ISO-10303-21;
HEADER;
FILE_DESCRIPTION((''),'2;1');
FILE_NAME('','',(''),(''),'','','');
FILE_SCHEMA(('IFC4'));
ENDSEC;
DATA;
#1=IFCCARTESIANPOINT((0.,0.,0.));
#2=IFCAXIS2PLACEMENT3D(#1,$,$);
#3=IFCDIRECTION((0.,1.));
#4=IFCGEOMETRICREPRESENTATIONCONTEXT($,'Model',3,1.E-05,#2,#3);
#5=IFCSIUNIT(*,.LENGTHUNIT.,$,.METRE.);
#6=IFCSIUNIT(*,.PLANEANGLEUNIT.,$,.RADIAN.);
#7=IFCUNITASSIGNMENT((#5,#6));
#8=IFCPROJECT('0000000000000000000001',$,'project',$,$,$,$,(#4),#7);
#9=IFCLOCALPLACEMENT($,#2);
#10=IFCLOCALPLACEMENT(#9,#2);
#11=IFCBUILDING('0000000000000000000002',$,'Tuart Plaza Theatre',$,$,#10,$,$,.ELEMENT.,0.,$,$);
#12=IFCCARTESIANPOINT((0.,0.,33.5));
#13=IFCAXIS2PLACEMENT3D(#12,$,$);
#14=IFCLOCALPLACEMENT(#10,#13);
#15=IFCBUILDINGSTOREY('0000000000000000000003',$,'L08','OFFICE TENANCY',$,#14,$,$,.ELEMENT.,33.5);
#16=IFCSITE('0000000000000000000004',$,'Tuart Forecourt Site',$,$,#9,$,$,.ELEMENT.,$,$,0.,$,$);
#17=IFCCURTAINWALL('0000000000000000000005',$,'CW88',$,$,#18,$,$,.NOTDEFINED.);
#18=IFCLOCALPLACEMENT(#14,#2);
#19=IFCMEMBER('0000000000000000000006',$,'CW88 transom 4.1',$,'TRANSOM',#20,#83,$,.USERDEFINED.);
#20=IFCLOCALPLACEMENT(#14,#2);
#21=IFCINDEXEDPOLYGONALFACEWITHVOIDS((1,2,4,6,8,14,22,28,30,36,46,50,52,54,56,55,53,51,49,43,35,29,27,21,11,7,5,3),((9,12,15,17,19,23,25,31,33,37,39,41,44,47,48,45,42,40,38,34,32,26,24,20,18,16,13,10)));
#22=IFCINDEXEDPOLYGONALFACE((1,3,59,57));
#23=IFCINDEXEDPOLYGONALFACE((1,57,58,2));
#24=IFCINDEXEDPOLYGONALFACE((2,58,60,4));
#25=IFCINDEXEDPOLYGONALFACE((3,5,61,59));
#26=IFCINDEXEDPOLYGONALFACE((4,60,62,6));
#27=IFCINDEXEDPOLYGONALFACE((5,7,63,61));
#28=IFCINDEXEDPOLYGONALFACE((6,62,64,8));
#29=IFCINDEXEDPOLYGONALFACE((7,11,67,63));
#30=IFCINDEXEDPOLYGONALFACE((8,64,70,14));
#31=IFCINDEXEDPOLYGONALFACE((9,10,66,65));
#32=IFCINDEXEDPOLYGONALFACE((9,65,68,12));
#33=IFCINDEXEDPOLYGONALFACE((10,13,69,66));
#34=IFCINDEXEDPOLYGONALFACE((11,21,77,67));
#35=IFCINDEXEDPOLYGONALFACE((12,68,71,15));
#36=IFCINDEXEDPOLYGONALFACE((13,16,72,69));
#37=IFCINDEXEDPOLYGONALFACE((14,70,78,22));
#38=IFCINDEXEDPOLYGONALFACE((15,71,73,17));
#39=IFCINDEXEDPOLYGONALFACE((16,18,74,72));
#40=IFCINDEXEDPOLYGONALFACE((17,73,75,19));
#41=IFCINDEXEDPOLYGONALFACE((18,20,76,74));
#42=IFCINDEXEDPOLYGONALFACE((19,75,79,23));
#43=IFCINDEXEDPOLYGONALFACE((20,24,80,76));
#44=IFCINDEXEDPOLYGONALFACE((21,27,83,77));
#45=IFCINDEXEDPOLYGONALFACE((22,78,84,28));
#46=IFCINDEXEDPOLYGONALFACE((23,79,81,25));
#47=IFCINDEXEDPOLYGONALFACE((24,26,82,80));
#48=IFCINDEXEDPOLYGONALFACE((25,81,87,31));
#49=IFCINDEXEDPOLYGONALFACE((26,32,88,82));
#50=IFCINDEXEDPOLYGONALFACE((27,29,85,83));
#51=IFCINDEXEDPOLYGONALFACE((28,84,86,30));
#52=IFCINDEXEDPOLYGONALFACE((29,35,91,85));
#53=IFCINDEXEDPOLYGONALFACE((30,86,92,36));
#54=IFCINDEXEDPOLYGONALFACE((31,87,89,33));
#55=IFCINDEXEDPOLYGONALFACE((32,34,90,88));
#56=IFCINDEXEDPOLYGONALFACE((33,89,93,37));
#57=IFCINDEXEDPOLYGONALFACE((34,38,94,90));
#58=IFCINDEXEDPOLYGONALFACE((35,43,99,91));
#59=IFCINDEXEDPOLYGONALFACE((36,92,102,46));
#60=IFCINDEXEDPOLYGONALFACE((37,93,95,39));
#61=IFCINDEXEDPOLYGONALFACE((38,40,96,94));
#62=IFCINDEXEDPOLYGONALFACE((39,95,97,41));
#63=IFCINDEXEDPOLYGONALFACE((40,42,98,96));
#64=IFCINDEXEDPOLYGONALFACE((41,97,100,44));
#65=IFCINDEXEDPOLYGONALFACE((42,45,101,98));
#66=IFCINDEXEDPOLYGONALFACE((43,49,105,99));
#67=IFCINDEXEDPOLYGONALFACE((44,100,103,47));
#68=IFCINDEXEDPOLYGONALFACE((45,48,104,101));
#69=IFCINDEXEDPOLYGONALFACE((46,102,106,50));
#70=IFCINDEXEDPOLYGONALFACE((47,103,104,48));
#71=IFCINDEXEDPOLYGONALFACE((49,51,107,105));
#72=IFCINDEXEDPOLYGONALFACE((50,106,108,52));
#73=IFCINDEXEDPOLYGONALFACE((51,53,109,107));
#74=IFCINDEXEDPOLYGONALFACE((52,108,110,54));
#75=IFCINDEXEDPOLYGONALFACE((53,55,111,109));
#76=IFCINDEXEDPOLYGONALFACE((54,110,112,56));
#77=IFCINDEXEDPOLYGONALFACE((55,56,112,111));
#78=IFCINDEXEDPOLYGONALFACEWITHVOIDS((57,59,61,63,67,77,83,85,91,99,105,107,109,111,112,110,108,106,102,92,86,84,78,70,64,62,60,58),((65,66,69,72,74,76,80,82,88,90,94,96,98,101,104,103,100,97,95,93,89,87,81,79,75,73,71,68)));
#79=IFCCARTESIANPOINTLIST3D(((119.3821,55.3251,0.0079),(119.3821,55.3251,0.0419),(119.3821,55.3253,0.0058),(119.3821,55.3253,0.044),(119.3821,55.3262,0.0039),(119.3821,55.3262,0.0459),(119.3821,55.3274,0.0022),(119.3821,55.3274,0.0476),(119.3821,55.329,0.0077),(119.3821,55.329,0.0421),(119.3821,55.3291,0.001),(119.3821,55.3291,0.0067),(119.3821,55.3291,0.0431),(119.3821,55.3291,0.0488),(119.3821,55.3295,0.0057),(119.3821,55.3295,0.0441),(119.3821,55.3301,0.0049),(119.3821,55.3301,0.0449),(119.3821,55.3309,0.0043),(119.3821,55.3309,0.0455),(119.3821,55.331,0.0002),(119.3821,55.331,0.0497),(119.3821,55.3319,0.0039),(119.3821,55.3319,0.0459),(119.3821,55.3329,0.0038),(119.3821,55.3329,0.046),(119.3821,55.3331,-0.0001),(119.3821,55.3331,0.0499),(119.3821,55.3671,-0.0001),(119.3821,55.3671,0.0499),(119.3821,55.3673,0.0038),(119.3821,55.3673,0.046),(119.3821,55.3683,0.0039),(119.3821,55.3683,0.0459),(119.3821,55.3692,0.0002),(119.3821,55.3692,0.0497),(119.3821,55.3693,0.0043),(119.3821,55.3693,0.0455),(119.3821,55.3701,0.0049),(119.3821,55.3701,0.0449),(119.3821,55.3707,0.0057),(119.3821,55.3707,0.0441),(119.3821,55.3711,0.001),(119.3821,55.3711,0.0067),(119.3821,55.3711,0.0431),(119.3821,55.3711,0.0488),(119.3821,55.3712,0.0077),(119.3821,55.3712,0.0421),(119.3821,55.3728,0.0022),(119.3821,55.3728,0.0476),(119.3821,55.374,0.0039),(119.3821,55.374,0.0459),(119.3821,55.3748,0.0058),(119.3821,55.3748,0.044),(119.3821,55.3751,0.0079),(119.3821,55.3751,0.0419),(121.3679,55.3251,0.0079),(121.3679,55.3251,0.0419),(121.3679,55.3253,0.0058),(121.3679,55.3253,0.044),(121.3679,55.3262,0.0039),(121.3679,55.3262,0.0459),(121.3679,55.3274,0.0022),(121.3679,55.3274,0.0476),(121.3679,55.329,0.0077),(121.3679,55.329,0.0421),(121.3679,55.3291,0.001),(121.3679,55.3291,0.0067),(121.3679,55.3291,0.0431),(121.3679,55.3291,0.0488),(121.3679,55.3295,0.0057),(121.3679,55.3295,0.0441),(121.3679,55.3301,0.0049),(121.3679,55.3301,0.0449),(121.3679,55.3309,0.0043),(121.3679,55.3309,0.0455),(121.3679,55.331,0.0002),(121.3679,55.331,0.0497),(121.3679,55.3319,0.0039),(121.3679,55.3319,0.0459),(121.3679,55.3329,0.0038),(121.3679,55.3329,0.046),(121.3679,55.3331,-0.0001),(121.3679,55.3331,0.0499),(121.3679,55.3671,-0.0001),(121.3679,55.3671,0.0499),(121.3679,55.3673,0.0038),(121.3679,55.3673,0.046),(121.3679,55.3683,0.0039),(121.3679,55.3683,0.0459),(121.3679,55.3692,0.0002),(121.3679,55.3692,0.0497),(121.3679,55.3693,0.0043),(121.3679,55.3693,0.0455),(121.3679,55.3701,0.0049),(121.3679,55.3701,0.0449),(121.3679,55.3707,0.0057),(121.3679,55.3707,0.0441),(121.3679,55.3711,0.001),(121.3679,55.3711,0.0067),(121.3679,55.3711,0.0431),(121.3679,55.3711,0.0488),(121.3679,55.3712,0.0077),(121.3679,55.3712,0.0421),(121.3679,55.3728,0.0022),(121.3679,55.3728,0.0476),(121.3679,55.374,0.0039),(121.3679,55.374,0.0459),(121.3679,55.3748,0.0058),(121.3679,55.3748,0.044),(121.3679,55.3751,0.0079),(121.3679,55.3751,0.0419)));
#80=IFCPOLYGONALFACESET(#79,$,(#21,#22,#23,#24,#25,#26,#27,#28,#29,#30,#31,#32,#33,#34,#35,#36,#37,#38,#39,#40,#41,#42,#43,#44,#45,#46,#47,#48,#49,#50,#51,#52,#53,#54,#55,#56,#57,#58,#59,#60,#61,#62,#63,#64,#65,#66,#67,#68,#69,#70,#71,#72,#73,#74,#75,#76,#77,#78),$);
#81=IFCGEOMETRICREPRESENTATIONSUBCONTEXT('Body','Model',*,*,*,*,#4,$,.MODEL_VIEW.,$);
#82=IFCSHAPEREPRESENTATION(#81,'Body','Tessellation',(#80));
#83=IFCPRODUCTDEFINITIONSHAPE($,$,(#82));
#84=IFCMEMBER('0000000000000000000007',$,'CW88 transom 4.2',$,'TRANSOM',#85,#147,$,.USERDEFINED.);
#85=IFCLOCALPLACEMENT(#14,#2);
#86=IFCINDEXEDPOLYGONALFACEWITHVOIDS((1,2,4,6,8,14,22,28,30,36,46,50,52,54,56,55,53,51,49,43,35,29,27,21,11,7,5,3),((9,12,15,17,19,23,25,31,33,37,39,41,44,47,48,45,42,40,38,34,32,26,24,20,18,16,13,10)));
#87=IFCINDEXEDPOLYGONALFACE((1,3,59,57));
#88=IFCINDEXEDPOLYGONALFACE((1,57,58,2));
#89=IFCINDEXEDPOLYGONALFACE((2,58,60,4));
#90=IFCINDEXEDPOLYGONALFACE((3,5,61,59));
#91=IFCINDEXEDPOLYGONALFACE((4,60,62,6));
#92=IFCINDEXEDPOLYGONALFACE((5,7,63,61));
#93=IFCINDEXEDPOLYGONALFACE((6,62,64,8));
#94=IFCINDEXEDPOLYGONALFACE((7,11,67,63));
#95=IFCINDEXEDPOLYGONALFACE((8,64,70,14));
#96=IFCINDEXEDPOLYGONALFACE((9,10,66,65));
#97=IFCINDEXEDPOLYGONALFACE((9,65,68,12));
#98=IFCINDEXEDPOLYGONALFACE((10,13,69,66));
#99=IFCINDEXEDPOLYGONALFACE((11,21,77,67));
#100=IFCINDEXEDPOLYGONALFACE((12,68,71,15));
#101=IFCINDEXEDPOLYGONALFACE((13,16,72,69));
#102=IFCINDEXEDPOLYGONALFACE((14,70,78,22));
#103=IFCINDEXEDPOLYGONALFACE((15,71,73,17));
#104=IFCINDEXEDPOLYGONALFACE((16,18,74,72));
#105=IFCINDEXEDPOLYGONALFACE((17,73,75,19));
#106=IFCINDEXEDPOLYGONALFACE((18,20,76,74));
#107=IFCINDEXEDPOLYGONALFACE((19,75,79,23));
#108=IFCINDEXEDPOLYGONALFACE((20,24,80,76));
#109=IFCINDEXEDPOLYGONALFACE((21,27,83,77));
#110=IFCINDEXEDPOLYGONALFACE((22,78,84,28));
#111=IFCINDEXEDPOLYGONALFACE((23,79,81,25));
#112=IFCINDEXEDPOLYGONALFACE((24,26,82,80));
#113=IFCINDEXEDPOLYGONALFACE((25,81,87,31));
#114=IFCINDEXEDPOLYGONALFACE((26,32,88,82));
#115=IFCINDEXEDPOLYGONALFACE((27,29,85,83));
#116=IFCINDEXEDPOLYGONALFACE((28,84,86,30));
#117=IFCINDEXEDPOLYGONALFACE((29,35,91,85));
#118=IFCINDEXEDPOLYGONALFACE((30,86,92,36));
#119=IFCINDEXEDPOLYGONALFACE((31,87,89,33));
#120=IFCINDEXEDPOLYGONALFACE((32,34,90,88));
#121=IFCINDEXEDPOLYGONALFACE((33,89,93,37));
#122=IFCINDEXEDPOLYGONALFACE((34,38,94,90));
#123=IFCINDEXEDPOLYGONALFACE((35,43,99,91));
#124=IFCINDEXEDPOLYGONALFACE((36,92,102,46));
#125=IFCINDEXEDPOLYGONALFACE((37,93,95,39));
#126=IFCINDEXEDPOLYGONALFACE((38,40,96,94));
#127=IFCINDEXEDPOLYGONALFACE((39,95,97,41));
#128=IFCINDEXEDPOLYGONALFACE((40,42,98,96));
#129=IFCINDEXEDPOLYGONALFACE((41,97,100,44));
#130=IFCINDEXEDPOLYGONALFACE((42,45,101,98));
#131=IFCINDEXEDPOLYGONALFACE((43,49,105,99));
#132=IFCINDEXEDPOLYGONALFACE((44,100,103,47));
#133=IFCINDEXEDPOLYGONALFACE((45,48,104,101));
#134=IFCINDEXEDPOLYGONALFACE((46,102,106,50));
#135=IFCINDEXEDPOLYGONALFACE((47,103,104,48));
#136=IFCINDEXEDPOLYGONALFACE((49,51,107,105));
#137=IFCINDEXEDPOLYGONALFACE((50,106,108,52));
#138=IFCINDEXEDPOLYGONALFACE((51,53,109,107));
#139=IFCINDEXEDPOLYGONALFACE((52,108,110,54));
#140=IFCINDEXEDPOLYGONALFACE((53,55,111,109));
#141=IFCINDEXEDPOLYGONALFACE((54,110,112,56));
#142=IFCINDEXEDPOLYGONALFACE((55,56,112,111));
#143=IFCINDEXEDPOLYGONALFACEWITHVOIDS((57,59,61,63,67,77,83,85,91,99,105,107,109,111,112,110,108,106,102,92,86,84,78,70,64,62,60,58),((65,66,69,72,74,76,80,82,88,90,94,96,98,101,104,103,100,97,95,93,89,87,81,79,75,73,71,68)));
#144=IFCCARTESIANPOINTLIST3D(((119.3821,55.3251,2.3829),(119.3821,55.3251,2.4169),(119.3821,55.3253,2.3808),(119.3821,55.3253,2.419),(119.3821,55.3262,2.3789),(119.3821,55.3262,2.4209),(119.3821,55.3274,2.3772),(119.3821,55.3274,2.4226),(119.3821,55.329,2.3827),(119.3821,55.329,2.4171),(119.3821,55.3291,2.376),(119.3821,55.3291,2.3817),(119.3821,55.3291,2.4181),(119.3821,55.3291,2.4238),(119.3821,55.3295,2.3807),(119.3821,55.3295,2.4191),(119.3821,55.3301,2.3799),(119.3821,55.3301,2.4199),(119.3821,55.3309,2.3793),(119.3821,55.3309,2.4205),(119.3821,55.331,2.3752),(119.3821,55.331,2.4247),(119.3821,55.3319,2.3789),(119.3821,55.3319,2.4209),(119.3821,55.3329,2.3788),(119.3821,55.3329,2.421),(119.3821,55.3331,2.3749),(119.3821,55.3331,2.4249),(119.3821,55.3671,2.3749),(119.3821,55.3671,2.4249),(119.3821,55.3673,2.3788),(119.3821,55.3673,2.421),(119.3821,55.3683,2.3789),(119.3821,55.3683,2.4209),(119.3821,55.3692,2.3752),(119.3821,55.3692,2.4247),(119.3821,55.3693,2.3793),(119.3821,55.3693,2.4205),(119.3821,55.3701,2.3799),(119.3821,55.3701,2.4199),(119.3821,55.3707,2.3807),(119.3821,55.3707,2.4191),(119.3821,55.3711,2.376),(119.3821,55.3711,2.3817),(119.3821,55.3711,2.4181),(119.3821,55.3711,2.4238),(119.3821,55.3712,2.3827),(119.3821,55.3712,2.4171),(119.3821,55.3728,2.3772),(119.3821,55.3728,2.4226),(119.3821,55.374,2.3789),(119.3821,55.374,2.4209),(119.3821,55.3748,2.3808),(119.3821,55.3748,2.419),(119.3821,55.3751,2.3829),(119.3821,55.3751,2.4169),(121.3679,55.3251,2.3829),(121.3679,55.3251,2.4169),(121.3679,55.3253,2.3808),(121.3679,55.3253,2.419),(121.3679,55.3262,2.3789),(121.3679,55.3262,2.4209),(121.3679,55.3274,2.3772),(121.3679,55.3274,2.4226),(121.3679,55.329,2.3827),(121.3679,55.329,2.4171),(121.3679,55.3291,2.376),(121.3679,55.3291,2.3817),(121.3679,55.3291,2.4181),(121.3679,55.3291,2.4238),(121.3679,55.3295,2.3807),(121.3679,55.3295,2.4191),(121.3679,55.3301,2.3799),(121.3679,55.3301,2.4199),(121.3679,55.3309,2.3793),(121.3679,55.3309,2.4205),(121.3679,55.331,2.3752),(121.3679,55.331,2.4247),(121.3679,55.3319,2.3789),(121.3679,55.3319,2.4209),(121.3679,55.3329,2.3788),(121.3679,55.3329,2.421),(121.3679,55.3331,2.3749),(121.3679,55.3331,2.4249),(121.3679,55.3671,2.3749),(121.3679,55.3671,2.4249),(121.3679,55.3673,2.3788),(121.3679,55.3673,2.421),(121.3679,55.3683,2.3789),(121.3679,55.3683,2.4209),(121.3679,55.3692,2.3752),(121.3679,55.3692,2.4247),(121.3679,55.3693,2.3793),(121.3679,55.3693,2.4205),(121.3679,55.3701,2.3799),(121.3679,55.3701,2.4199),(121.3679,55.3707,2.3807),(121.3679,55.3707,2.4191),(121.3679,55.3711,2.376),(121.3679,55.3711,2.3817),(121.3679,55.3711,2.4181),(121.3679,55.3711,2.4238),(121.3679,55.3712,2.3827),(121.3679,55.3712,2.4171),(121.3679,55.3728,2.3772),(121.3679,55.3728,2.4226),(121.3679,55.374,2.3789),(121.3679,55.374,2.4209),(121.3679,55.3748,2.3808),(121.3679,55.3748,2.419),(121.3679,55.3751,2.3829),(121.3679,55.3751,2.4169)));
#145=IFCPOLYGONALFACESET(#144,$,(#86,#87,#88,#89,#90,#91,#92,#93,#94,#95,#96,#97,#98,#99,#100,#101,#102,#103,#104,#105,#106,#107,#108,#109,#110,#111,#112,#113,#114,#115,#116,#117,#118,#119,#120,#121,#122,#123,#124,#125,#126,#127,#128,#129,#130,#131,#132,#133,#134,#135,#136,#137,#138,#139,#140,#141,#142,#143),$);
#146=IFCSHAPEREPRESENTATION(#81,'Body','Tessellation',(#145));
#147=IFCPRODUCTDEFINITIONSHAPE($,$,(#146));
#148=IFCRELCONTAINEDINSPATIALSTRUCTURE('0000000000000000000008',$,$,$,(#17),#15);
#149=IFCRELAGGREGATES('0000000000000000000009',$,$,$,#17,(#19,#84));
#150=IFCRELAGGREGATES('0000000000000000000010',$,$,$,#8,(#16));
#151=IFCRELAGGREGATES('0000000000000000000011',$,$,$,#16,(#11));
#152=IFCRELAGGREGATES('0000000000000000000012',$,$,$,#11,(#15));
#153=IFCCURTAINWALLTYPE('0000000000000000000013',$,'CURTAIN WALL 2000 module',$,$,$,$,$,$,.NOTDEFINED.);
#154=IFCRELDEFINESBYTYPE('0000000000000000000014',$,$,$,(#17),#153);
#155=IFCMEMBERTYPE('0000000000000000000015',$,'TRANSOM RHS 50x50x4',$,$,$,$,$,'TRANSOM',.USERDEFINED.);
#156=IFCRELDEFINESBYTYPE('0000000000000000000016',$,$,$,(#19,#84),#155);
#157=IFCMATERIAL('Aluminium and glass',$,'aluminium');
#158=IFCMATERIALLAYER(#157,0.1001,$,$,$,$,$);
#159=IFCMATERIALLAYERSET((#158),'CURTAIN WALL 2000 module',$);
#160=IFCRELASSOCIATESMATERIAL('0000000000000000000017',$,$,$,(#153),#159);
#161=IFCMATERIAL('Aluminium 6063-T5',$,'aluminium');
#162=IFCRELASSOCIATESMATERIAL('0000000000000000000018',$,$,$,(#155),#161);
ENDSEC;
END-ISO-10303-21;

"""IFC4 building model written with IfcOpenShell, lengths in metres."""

from ifc_helpers import new_model, si_unit, direction, frame, origin, origin_2d, place, context, subcontext, project, spatial, hollow_rectangle, extrude, material, layer, layer_set, material_profile, profile_set, type_object, element, aggregate, save


model = new_model("IFC4")

# Units and contexts
model_context = context("Model", 3, precision=1e-05, world=origin(), true_north=direction((0.0, 1.0)))
body_context = subcontext(model_context, "Body", "Model", "MODEL_VIEW")
ifc_project = project(units=[si_unit("LENGTHUNIT", "METRE"), si_unit("PLANEANGLEUNIT", "RADIAN")], contexts=[model_context])

# Site, building, storey
site_placement = place(None, origin())
site = spatial("IfcSite", under=ifc_project, at=site_placement, Name="Tuart Forecourt Site", CompositionType="ELEMENT", RefElevation=0.0)
building_placement = place(site_placement, origin())
building = spatial("IfcBuilding", under=site, at=building_placement, Name="Tuart Plaza Theatre", CompositionType="ELEMENT", ElevationOfRefHeight=0.0)
storey_placement = place(building_placement, frame((0.0, 0.0, 33.5)))
storey = spatial("IfcBuildingStorey", under=building, at=storey_placement, Name="L08", Description="OFFICE TENANCY", CompositionType="ELEMENT", Elevation=33.5)

# Curtain wall, members
ifc_material_1 = material(Name="Aluminium and glass", Category="aluminium")
ifc_layer_1 = layer(ifc_material_1, 0.1001)
ifc_layer_set_1 = layer_set([ifc_layer_1], Name="CURTAIN WALL 2000 module")
curtain_wall_type = type_object("IfcCurtainWallType", Name="CURTAIN WALL 2000 module", PredefinedType="NOTDEFINED", material=ifc_layer_set_1)
curtain_wall_placement = place(storey_placement, origin())
curtain_wall = element("IfcCurtainWall", 1, at=curtain_wall_placement, inside=storey, type_object=curtain_wall_type, Name="CW88", PredefinedType="NOTDEFINED")
ifc_material_2 = material(Name="Aluminium 6063-T5", Category="aluminium")
ifc_material_profile_1 = material_profile(ifc_material_2, hollow_rectangle(XDim=0.05, YDim=0.05, WallThickness=0.0039, InnerFilletRadius=0.0039, OuterFilletRadius=0.0081, at=origin_2d()), Name="RHS 50x50x4")
ifc_profile_set_1 = profile_set([ifc_material_profile_1], Name="Aluminium 6063-T5")
member_type_1 = type_object("IfcMemberType", Name="TRANSOM RHS 50x50x4", ElementType="TRANSOM", PredefinedType="USERDEFINED", material=ifc_profile_set_1)
member_1_placement = place(storey_placement, frame((119.3821, 55.3501, 0.0249), z_axis=(1.0, 0.0, 0.0), x_axis=(0.0, 1.0, 0.0)))
member_1 = element("IfcMember", 2, at=member_1_placement, type_object=member_type_1, Name="CW88 transom 4.1", ObjectType="TRANSOM", PredefinedType="USERDEFINED", context=body_context, shape_type="SweptSolid", body=[
    extrude(hollow_rectangle(XDim=0.05, YDim=0.05, WallThickness=0.0039, InnerFilletRadius=0.0039, OuterFilletRadius=0.0081, at=origin_2d()), origin(), (0.0, 0.0, 1.0), 1.9858),
])
member_2_placement = place(storey_placement, frame((119.3821, 55.3501, 2.3999), z_axis=(1.0, 0.0, 0.0), x_axis=(0.0, 1.0, 0.0)))
member_2 = element("IfcMember", 3, at=member_2_placement, type_object=member_type_1, Name="CW88 transom 4.2", ObjectType="TRANSOM", PredefinedType="USERDEFINED", context=body_context, shape_type="SweptSolid", body=[
    extrude(hollow_rectangle(XDim=0.05, YDim=0.05, WallThickness=0.0039, InnerFilletRadius=0.0039, OuterFilletRadius=0.0081, at=origin_2d()), origin(), (0.0, 0.0, 1.0), 1.9858),
])
aggregate(curtain_wall, [member_1, member_2])

save(model, "model.ifc")
